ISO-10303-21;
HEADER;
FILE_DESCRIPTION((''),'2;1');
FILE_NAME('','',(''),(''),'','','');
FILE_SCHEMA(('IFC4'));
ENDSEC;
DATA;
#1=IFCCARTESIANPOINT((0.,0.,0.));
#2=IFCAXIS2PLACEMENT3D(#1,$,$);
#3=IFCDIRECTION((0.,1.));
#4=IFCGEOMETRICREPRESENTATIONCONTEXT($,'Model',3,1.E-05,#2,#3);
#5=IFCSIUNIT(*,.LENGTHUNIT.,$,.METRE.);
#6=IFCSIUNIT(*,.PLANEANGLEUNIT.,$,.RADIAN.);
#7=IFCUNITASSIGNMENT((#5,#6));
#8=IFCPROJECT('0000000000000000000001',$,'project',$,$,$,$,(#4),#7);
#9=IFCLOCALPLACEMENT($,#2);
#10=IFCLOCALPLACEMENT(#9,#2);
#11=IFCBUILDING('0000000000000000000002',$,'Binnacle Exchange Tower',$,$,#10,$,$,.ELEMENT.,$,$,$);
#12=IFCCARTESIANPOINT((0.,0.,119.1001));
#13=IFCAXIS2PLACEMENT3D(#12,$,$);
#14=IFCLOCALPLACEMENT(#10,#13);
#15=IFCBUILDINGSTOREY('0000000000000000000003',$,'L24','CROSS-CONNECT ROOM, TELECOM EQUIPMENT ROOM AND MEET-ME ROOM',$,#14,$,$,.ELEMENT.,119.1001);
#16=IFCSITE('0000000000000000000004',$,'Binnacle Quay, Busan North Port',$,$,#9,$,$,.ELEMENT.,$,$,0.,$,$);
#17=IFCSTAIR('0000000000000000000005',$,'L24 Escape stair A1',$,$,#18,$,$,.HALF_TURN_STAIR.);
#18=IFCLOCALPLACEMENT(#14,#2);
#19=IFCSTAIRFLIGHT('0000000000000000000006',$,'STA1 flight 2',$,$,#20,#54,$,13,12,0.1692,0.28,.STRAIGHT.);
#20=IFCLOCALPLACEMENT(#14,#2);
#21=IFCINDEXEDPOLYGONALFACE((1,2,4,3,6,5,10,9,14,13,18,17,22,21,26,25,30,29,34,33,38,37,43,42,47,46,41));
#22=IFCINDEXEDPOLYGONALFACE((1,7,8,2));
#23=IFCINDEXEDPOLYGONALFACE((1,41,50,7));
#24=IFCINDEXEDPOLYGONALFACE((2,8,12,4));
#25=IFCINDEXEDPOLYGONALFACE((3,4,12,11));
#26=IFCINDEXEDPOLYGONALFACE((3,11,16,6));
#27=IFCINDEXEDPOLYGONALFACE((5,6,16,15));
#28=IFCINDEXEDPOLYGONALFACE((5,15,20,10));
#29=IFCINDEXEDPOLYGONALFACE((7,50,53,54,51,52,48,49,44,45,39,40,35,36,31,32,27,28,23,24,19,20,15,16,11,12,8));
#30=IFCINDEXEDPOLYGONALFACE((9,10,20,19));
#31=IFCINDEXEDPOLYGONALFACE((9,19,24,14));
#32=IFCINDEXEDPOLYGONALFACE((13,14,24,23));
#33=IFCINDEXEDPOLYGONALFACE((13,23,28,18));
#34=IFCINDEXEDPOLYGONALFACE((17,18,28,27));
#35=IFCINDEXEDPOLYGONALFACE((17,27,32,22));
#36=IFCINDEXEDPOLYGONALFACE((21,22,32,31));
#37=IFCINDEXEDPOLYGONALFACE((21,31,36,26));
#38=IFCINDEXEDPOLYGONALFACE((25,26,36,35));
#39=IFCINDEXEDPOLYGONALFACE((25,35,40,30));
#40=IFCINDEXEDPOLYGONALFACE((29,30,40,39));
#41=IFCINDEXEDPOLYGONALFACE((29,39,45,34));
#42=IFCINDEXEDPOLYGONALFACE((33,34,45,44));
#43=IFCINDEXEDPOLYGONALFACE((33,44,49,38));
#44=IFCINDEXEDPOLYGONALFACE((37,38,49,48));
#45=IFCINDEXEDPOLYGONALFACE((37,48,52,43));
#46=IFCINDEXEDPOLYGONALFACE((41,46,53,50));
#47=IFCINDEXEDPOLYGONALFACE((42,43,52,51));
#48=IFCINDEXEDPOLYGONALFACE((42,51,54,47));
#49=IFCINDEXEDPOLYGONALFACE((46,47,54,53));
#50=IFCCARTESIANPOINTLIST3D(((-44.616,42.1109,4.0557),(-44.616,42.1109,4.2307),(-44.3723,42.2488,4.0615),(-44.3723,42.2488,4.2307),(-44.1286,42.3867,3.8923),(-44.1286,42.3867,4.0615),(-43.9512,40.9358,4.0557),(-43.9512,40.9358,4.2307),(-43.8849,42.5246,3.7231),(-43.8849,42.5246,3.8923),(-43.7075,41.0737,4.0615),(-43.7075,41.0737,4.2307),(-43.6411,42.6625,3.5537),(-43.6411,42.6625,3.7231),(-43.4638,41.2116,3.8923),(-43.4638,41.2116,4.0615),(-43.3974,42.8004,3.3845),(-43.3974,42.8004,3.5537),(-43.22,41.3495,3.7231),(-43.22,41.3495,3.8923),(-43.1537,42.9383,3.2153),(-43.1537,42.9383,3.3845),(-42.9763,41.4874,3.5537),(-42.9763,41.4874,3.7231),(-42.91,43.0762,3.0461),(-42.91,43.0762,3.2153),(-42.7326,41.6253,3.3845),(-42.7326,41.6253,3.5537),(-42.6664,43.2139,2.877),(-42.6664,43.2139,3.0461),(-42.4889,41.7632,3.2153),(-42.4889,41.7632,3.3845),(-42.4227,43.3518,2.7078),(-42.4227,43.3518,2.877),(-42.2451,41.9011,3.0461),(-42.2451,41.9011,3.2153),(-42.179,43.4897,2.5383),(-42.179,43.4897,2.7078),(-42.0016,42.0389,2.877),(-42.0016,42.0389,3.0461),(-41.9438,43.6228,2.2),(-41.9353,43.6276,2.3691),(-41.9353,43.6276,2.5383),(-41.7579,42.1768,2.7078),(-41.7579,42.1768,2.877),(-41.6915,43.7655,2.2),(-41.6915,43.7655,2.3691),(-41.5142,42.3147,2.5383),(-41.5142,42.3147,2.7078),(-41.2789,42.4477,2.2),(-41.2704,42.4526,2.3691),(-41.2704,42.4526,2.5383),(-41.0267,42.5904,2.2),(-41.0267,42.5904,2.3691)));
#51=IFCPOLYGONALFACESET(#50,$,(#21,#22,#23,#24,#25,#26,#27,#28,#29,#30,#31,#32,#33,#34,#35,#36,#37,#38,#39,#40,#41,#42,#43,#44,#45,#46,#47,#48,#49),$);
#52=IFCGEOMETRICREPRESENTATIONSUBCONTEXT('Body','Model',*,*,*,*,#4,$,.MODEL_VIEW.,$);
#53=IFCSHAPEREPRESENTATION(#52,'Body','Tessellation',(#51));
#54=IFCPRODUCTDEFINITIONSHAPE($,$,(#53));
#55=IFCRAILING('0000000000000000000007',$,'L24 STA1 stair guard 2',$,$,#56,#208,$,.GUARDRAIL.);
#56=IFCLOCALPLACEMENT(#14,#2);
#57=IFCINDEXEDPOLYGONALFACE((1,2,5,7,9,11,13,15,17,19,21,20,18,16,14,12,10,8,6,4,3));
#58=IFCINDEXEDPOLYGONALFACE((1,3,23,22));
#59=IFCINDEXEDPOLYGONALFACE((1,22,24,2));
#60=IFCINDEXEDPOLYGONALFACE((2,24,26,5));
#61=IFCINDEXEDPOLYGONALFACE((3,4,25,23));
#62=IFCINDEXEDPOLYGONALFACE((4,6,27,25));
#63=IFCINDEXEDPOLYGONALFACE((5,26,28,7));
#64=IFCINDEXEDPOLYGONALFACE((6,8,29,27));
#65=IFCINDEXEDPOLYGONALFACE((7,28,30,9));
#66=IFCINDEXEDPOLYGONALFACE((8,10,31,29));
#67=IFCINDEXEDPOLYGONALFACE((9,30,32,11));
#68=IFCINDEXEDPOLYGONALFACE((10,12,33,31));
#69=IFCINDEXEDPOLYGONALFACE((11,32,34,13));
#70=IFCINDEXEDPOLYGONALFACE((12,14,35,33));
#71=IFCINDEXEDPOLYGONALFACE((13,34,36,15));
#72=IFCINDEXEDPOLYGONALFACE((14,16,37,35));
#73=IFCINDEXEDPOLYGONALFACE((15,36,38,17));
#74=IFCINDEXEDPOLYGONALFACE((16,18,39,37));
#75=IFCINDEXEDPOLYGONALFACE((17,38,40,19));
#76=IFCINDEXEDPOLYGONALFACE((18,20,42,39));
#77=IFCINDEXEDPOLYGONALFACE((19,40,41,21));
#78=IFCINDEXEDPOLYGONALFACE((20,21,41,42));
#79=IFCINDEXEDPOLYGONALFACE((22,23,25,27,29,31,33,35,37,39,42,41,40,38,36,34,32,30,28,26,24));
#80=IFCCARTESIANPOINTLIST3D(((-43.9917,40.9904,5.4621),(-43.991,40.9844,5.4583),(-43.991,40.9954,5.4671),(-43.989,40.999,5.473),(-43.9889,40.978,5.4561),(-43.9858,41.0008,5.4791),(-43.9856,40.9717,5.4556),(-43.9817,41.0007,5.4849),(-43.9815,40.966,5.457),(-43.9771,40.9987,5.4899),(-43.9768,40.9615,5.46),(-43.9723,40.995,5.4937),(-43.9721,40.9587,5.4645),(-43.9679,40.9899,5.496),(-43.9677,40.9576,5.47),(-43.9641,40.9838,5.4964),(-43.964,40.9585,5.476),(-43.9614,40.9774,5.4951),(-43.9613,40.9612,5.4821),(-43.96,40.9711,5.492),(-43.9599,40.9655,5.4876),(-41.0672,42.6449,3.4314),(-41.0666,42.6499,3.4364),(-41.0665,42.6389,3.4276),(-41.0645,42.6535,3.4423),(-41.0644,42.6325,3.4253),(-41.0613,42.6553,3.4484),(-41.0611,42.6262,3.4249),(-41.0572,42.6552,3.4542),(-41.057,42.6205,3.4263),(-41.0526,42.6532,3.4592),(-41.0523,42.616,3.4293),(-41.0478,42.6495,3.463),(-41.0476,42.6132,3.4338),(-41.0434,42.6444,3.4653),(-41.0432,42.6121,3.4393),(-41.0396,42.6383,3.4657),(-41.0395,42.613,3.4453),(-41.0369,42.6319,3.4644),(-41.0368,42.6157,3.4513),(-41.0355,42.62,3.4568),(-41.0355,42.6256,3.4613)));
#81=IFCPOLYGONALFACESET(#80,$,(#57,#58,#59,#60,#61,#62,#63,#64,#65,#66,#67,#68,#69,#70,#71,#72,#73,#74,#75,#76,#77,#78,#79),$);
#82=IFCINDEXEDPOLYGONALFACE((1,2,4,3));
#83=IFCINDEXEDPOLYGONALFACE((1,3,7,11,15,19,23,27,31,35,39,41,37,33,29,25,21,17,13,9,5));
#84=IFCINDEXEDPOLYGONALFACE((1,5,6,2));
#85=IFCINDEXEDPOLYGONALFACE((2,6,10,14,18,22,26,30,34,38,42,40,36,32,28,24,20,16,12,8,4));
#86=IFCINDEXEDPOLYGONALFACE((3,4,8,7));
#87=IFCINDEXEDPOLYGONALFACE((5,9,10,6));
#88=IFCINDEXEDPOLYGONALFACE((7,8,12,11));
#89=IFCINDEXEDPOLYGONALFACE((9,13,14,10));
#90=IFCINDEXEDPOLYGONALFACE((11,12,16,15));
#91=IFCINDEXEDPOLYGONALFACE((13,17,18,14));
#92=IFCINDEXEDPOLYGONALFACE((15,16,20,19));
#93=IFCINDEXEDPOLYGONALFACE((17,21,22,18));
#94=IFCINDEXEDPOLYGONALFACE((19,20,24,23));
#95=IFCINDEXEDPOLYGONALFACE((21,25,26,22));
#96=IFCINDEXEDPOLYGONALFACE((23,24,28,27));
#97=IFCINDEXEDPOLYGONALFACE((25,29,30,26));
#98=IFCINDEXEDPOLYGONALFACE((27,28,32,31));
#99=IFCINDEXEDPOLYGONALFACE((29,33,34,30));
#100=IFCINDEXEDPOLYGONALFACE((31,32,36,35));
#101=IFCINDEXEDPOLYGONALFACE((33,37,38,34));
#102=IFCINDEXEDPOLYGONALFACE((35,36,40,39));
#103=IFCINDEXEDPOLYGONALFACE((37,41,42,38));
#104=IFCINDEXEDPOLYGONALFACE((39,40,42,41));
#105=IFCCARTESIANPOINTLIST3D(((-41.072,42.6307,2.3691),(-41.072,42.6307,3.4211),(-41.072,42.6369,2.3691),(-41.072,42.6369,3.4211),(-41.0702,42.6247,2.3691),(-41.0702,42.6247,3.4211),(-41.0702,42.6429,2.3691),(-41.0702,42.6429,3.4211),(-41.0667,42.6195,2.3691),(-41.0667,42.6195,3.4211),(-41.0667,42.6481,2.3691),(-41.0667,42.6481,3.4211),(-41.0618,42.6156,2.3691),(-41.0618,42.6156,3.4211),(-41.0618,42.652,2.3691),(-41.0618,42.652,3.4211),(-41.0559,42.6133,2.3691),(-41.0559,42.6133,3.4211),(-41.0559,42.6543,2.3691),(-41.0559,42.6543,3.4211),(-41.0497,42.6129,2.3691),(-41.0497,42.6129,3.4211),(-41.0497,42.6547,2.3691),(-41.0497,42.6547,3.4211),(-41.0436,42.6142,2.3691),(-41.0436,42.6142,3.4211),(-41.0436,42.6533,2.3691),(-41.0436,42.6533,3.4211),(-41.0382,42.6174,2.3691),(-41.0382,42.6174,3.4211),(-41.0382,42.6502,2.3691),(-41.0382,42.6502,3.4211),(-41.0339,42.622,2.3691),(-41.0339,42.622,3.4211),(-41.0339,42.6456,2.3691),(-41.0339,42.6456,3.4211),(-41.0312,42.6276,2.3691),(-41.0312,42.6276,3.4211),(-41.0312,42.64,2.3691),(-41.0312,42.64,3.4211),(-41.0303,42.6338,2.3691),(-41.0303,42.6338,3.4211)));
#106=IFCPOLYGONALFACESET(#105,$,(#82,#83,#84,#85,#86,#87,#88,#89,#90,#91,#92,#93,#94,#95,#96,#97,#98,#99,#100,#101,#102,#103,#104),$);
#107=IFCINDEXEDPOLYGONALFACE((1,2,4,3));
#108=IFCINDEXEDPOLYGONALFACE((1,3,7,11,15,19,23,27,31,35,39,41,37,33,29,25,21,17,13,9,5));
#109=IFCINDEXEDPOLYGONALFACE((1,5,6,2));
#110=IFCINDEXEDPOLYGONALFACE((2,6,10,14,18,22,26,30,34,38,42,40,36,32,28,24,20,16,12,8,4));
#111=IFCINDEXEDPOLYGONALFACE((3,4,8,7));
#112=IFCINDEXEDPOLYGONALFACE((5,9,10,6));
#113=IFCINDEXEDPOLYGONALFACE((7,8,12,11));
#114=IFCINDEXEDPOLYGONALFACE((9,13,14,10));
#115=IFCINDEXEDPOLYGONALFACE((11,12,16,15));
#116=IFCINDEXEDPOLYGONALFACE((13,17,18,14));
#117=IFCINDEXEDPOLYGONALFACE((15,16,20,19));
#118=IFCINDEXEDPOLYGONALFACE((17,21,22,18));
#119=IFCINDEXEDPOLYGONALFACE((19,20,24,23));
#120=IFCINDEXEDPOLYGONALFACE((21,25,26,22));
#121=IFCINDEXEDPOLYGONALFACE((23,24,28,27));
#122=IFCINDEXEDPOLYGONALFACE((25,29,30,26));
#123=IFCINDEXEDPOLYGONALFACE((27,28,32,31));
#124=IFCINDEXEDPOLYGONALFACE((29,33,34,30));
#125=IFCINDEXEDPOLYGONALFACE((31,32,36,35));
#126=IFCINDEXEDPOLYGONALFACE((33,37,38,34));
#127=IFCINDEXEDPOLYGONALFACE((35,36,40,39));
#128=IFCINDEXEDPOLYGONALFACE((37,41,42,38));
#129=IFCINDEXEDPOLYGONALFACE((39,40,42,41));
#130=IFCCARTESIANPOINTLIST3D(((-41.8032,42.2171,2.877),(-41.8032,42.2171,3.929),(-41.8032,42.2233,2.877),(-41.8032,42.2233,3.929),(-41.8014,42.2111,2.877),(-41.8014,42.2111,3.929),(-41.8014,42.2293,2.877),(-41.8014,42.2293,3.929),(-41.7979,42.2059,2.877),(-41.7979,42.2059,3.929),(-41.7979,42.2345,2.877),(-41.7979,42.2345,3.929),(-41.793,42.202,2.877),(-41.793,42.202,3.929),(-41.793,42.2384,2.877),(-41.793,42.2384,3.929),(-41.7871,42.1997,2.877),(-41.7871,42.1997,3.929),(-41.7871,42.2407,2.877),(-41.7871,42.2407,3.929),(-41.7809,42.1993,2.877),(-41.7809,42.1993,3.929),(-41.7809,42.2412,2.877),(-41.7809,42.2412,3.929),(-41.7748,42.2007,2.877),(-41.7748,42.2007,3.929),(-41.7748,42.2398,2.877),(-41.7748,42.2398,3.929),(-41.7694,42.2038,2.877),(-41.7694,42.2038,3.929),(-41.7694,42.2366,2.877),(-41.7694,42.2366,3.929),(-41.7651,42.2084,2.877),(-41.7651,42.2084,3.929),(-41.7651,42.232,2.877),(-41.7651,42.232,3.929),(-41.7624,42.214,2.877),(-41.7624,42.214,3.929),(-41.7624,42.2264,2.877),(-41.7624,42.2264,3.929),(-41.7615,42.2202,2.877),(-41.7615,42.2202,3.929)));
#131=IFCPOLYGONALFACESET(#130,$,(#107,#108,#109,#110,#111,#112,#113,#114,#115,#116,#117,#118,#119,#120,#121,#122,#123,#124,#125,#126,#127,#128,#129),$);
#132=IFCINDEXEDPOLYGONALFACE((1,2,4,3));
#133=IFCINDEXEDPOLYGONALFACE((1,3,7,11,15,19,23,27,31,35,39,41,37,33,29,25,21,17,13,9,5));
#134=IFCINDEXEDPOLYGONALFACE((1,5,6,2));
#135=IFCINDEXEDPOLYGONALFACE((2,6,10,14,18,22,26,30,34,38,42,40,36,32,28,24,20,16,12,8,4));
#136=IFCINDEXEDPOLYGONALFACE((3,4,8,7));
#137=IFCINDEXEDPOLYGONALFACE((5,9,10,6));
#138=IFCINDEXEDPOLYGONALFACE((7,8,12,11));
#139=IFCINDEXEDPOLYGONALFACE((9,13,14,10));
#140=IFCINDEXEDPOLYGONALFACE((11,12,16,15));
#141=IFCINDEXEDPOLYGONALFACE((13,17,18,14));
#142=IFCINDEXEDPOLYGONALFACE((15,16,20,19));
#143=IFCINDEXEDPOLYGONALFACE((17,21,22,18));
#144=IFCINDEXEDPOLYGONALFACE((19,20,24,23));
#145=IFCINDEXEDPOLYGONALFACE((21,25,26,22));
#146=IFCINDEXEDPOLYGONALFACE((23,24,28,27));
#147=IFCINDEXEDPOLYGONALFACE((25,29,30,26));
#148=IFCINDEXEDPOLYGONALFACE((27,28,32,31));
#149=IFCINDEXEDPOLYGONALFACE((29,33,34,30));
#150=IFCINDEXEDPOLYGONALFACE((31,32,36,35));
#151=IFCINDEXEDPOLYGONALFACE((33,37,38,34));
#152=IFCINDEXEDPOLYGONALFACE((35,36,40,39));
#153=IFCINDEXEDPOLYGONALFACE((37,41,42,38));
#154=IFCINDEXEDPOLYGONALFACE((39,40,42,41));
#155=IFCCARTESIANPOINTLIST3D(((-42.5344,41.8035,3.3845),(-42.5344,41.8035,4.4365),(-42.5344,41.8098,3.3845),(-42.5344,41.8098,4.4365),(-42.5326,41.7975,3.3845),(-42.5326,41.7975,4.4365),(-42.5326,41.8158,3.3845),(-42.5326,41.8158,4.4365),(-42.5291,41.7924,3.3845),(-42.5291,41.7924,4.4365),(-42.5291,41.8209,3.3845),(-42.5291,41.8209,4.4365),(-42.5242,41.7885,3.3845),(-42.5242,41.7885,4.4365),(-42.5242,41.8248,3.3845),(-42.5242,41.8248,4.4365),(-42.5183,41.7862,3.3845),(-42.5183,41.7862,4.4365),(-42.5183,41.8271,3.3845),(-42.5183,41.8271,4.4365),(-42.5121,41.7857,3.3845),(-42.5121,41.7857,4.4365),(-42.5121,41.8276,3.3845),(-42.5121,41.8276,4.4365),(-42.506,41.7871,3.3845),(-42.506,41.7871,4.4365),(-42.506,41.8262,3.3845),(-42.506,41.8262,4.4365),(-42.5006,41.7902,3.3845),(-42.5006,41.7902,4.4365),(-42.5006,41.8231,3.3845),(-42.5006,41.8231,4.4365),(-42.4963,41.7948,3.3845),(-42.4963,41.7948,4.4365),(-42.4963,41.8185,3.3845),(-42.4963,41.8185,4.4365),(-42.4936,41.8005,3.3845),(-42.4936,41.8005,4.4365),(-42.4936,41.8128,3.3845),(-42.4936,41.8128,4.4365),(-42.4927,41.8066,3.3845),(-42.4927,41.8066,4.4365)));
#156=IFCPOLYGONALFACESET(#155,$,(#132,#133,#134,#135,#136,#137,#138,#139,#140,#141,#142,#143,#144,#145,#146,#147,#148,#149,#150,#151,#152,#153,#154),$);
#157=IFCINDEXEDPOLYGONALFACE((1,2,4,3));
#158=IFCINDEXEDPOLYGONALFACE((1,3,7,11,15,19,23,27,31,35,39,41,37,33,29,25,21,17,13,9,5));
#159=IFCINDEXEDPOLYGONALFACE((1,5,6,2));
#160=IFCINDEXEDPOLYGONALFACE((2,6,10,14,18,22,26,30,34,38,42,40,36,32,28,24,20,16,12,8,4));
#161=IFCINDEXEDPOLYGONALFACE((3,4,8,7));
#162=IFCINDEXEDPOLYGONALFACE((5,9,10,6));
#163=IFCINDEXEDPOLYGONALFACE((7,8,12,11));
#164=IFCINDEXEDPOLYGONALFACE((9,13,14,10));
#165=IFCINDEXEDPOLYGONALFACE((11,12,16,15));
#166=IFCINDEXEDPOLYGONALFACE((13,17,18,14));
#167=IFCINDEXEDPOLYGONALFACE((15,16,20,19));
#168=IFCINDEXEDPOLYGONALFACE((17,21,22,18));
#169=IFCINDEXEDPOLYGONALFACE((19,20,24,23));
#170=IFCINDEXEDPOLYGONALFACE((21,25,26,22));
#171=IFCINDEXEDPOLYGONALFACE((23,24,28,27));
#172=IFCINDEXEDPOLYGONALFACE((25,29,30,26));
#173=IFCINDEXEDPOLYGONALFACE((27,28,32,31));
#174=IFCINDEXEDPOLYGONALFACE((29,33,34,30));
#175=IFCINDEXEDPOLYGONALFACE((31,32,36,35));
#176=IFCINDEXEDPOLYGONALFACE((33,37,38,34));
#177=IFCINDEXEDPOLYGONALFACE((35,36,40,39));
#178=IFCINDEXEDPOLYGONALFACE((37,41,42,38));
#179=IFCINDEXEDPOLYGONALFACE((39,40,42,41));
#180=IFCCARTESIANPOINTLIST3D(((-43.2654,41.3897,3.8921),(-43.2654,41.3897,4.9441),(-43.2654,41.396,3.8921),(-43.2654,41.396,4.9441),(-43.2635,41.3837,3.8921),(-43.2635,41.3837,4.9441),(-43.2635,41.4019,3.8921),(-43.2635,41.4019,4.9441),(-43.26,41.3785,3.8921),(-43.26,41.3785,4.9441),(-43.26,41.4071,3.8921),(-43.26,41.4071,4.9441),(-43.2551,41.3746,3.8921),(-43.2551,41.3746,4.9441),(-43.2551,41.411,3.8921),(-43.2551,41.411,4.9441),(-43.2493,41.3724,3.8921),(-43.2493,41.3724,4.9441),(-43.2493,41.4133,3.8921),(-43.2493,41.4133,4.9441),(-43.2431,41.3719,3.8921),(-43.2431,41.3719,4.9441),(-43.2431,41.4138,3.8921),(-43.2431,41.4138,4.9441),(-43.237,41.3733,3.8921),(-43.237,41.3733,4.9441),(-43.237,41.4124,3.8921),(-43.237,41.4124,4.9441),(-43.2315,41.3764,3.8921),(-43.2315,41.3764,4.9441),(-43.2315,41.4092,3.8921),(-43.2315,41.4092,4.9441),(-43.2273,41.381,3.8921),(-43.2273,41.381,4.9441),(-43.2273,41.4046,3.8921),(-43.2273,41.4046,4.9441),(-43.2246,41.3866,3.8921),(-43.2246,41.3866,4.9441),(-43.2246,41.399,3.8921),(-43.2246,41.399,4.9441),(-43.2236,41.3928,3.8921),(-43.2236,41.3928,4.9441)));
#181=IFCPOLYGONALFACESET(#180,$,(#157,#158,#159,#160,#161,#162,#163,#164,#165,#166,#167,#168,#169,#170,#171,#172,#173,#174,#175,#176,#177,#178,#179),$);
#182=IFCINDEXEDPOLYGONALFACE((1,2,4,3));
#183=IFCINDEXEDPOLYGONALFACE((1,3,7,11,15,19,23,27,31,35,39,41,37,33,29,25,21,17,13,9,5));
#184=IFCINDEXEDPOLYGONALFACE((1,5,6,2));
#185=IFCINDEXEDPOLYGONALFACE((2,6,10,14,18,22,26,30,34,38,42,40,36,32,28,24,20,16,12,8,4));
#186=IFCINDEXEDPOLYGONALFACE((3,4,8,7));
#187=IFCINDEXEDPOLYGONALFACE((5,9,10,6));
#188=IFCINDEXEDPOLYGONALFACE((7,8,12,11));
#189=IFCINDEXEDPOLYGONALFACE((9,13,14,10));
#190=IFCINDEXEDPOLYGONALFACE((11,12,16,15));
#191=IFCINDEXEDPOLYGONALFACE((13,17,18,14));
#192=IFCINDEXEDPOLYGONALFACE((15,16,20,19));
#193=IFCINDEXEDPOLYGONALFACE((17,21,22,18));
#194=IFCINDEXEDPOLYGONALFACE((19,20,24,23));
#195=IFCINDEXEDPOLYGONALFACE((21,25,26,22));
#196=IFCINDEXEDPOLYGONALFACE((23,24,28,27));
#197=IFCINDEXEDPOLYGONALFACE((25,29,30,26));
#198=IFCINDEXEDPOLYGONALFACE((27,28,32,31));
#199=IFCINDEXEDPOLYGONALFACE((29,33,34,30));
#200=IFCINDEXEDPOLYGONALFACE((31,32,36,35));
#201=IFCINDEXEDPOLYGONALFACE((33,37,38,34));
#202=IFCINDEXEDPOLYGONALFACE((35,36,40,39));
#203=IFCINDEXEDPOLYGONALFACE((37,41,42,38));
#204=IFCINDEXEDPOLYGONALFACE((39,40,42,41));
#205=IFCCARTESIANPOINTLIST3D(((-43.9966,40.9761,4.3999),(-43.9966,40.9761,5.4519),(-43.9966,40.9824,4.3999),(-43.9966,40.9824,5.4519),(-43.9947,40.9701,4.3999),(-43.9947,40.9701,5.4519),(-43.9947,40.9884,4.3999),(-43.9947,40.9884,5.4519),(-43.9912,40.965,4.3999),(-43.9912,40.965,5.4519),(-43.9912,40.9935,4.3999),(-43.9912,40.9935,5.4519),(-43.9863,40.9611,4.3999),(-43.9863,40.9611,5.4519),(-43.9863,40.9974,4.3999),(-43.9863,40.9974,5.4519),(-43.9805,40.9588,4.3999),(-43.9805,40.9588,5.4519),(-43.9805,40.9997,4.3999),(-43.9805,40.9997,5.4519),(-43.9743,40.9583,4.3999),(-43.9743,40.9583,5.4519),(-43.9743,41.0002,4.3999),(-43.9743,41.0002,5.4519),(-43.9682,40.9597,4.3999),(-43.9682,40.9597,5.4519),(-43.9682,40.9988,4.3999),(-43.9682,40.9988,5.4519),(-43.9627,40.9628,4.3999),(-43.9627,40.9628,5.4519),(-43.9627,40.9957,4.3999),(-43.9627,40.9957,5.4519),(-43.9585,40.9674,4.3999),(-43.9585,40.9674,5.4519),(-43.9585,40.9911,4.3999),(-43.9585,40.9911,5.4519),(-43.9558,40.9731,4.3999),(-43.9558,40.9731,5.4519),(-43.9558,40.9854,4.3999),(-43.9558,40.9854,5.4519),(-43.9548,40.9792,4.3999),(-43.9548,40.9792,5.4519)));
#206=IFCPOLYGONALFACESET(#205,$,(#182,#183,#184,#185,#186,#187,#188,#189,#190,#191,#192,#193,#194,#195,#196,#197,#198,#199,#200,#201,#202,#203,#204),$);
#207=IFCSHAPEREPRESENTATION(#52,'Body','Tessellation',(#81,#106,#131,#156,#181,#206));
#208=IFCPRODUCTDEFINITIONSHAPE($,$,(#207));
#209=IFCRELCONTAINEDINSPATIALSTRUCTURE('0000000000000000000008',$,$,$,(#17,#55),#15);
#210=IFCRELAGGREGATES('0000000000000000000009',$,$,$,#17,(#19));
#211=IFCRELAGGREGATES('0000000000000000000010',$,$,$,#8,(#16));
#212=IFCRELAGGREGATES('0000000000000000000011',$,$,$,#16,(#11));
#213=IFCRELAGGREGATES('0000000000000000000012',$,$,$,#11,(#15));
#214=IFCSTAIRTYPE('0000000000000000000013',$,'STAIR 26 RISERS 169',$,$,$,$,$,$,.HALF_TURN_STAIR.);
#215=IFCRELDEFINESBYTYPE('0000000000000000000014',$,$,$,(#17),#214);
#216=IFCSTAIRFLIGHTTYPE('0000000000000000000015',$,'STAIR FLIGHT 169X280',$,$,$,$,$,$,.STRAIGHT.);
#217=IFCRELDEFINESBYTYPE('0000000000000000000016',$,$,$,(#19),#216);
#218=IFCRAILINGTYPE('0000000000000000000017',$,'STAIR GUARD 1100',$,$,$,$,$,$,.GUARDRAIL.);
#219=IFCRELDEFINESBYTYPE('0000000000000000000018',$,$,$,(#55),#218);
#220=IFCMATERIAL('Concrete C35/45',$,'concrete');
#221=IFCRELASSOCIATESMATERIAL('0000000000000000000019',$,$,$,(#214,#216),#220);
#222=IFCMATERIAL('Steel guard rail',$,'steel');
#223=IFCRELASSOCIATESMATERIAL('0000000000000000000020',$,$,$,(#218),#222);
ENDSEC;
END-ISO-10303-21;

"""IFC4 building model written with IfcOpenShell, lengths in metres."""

from ifc_helpers import new_model, si_unit, direction, frame, origin, origin_2d, place, context, subcontext, project, spatial, polyline, circle, outline, extrude, material, type_object, element, aggregate, save


model = new_model("IFC4")

# Units and contexts
model_context = context("Model", 3, precision=1e-05, world=origin(), true_north=direction((0.0, 1.0)))
body_context = subcontext(model_context, "Body", "Model", "MODEL_VIEW")
ifc_project = project(units=[si_unit("LENGTHUNIT", "METRE"), si_unit("PLANEANGLEUNIT", "RADIAN")], contexts=[model_context])

# Site, building, storey
site_placement = place(None, origin())
site = spatial("IfcSite", under=ifc_project, at=site_placement, Name="Binnacle Quay, Busan North Port", CompositionType="ELEMENT", RefElevation=0.0)
building_placement = place(site_placement, origin())
building = spatial("IfcBuilding", under=site, at=building_placement, Name="Binnacle Exchange Tower", CompositionType="ELEMENT")
storey_placement = place(building_placement, frame((0.0, 0.0, 119.1001)))
storey = spatial("IfcBuildingStorey", under=building, at=storey_placement, Name="L24", Description="CROSS-CONNECT ROOM, TELECOM EQUIPMENT ROOM AND MEET-ME ROOM", CompositionType="ELEMENT", Elevation=119.1001)

# Stair, stair flight
ifc_material_1 = material(Name="Concrete C35/45", Category="concrete")
stair_type = type_object("IfcStairType", Name="STAIR 26 RISERS 169", PredefinedType="HALF_TURN_STAIR", material=ifc_material_1)
stair_placement = place(storey_placement, origin())
stair = element("IfcStair", 1, at=stair_placement, inside=storey, type_object=stair_type, Name="L24 Escape stair A1", PredefinedType="HALF_TURN_STAIR")
stair_flight_type = type_object("IfcStairFlightType", Name="STAIR FLIGHT 169X280", PredefinedType="STRAIGHT", material=ifc_material_1)
stair_flight_1_placement = place(storey_placement, frame((-41.3591, 43.178, 2.2), z_axis=(0.0, 0.0, 1.0), x_axis=(-0.870356, -0.492424, 0.0)))
stair_flight_1 = element("IfcStairFlight", 2, at=stair_flight_1_placement, type_object=stair_flight_type, Name="STA1 flight 2", NumberOfRisers=13, NumberOfTreads=12, PredefinedType="STRAIGHT", RiserHeight=0.1692, TreadLength=0.28, context=body_context, shape_type="SweptSolid", body=[
    extrude(outline(polyline([(0.0, 0.0), (0.0, 0.1692), (0.28, 0.1692), (0.28, 0.3384), (0.5601, 0.3384), (0.5601, 0.5078), (0.8401, 0.5078), (0.8401, 0.677), (1.1201, 0.677), (1.1201, 0.8462), (1.3999, 0.8462), (1.3999, 1.0154), (1.6799, 1.0154), (1.6799, 1.1846), (1.96, 1.1846), (1.96, 1.3538), (2.24, 1.3538), (2.24, 1.5232), (2.52, 1.5232), (2.52, 1.6924), (2.8, 1.6924), (2.8, 1.8616), (3.0801, 1.8616), (3.0801, 2.0308), (3.3601, 2.0308), (3.3601, 2.2), (3.3601, 1.8557), (0.2898, 0.0), (0.0, 0.0)])), frame((0.0, 0.675, 0.0), z_axis=(0.0, -1.0, 0.0), x_axis=(1.0, 0.0, 0.0)), (0.0, 0.0, 1.0), 1.3501),
])
aggregate(stair, [stair_flight_1])

# Railing
ifc_material_2 = material(Name="Steel guard rail", Category="steel")
railing_type_1 = type_object("IfcRailingType", Name="STAIR GUARD 1100", PredefinedType="GUARDRAIL", material=ifc_material_2)
railing_1_placement = place(storey_placement, frame((-41.0513, 42.6338, 2.3691)))
element("IfcRailing", 3, at=railing_1_placement, inside=storey, type_object=railing_type_1, Name="L24 STA1 stair guard 2", PredefinedType="GUARDRAIL", context=body_context, shape_type="SweptSolid", body=[
    extrude(circle(Radius=0.0239, at=origin_2d()), frame((0.0, 0.0, 1.0762), z_axis=(-0.744895, -0.421417, 0.517242), x_axis=(0.492402, -0.870368, 0.0)), (0.0, 0.0, 1.0), 3.926),
    extrude(circle(Radius=0.021, at=origin_2d()), origin(), (0.0, 0.0, 1.0), 1.052),
    extrude(circle(Radius=0.021, at=origin_2d()), frame((-0.7312, -0.4136, 0.5078)), (0.0, 0.0, 1.0), 1.052),
    extrude(circle(Radius=0.021, at=origin_2d()), frame((-1.4624, -0.8271, 1.0154)), (0.0, 0.0, 1.0), 1.052),
    extrude(circle(Radius=0.021, at=origin_2d()), frame((-2.1934, -1.241, 1.5229)), (0.0, 0.0, 1.0), 1.052),
    extrude(circle(Radius=0.021, at=origin_2d()), frame((-2.9246, -1.6545, 2.0308)), (0.0, 0.0, 1.0), 1.052),
])

save(model, "model.ifc")
